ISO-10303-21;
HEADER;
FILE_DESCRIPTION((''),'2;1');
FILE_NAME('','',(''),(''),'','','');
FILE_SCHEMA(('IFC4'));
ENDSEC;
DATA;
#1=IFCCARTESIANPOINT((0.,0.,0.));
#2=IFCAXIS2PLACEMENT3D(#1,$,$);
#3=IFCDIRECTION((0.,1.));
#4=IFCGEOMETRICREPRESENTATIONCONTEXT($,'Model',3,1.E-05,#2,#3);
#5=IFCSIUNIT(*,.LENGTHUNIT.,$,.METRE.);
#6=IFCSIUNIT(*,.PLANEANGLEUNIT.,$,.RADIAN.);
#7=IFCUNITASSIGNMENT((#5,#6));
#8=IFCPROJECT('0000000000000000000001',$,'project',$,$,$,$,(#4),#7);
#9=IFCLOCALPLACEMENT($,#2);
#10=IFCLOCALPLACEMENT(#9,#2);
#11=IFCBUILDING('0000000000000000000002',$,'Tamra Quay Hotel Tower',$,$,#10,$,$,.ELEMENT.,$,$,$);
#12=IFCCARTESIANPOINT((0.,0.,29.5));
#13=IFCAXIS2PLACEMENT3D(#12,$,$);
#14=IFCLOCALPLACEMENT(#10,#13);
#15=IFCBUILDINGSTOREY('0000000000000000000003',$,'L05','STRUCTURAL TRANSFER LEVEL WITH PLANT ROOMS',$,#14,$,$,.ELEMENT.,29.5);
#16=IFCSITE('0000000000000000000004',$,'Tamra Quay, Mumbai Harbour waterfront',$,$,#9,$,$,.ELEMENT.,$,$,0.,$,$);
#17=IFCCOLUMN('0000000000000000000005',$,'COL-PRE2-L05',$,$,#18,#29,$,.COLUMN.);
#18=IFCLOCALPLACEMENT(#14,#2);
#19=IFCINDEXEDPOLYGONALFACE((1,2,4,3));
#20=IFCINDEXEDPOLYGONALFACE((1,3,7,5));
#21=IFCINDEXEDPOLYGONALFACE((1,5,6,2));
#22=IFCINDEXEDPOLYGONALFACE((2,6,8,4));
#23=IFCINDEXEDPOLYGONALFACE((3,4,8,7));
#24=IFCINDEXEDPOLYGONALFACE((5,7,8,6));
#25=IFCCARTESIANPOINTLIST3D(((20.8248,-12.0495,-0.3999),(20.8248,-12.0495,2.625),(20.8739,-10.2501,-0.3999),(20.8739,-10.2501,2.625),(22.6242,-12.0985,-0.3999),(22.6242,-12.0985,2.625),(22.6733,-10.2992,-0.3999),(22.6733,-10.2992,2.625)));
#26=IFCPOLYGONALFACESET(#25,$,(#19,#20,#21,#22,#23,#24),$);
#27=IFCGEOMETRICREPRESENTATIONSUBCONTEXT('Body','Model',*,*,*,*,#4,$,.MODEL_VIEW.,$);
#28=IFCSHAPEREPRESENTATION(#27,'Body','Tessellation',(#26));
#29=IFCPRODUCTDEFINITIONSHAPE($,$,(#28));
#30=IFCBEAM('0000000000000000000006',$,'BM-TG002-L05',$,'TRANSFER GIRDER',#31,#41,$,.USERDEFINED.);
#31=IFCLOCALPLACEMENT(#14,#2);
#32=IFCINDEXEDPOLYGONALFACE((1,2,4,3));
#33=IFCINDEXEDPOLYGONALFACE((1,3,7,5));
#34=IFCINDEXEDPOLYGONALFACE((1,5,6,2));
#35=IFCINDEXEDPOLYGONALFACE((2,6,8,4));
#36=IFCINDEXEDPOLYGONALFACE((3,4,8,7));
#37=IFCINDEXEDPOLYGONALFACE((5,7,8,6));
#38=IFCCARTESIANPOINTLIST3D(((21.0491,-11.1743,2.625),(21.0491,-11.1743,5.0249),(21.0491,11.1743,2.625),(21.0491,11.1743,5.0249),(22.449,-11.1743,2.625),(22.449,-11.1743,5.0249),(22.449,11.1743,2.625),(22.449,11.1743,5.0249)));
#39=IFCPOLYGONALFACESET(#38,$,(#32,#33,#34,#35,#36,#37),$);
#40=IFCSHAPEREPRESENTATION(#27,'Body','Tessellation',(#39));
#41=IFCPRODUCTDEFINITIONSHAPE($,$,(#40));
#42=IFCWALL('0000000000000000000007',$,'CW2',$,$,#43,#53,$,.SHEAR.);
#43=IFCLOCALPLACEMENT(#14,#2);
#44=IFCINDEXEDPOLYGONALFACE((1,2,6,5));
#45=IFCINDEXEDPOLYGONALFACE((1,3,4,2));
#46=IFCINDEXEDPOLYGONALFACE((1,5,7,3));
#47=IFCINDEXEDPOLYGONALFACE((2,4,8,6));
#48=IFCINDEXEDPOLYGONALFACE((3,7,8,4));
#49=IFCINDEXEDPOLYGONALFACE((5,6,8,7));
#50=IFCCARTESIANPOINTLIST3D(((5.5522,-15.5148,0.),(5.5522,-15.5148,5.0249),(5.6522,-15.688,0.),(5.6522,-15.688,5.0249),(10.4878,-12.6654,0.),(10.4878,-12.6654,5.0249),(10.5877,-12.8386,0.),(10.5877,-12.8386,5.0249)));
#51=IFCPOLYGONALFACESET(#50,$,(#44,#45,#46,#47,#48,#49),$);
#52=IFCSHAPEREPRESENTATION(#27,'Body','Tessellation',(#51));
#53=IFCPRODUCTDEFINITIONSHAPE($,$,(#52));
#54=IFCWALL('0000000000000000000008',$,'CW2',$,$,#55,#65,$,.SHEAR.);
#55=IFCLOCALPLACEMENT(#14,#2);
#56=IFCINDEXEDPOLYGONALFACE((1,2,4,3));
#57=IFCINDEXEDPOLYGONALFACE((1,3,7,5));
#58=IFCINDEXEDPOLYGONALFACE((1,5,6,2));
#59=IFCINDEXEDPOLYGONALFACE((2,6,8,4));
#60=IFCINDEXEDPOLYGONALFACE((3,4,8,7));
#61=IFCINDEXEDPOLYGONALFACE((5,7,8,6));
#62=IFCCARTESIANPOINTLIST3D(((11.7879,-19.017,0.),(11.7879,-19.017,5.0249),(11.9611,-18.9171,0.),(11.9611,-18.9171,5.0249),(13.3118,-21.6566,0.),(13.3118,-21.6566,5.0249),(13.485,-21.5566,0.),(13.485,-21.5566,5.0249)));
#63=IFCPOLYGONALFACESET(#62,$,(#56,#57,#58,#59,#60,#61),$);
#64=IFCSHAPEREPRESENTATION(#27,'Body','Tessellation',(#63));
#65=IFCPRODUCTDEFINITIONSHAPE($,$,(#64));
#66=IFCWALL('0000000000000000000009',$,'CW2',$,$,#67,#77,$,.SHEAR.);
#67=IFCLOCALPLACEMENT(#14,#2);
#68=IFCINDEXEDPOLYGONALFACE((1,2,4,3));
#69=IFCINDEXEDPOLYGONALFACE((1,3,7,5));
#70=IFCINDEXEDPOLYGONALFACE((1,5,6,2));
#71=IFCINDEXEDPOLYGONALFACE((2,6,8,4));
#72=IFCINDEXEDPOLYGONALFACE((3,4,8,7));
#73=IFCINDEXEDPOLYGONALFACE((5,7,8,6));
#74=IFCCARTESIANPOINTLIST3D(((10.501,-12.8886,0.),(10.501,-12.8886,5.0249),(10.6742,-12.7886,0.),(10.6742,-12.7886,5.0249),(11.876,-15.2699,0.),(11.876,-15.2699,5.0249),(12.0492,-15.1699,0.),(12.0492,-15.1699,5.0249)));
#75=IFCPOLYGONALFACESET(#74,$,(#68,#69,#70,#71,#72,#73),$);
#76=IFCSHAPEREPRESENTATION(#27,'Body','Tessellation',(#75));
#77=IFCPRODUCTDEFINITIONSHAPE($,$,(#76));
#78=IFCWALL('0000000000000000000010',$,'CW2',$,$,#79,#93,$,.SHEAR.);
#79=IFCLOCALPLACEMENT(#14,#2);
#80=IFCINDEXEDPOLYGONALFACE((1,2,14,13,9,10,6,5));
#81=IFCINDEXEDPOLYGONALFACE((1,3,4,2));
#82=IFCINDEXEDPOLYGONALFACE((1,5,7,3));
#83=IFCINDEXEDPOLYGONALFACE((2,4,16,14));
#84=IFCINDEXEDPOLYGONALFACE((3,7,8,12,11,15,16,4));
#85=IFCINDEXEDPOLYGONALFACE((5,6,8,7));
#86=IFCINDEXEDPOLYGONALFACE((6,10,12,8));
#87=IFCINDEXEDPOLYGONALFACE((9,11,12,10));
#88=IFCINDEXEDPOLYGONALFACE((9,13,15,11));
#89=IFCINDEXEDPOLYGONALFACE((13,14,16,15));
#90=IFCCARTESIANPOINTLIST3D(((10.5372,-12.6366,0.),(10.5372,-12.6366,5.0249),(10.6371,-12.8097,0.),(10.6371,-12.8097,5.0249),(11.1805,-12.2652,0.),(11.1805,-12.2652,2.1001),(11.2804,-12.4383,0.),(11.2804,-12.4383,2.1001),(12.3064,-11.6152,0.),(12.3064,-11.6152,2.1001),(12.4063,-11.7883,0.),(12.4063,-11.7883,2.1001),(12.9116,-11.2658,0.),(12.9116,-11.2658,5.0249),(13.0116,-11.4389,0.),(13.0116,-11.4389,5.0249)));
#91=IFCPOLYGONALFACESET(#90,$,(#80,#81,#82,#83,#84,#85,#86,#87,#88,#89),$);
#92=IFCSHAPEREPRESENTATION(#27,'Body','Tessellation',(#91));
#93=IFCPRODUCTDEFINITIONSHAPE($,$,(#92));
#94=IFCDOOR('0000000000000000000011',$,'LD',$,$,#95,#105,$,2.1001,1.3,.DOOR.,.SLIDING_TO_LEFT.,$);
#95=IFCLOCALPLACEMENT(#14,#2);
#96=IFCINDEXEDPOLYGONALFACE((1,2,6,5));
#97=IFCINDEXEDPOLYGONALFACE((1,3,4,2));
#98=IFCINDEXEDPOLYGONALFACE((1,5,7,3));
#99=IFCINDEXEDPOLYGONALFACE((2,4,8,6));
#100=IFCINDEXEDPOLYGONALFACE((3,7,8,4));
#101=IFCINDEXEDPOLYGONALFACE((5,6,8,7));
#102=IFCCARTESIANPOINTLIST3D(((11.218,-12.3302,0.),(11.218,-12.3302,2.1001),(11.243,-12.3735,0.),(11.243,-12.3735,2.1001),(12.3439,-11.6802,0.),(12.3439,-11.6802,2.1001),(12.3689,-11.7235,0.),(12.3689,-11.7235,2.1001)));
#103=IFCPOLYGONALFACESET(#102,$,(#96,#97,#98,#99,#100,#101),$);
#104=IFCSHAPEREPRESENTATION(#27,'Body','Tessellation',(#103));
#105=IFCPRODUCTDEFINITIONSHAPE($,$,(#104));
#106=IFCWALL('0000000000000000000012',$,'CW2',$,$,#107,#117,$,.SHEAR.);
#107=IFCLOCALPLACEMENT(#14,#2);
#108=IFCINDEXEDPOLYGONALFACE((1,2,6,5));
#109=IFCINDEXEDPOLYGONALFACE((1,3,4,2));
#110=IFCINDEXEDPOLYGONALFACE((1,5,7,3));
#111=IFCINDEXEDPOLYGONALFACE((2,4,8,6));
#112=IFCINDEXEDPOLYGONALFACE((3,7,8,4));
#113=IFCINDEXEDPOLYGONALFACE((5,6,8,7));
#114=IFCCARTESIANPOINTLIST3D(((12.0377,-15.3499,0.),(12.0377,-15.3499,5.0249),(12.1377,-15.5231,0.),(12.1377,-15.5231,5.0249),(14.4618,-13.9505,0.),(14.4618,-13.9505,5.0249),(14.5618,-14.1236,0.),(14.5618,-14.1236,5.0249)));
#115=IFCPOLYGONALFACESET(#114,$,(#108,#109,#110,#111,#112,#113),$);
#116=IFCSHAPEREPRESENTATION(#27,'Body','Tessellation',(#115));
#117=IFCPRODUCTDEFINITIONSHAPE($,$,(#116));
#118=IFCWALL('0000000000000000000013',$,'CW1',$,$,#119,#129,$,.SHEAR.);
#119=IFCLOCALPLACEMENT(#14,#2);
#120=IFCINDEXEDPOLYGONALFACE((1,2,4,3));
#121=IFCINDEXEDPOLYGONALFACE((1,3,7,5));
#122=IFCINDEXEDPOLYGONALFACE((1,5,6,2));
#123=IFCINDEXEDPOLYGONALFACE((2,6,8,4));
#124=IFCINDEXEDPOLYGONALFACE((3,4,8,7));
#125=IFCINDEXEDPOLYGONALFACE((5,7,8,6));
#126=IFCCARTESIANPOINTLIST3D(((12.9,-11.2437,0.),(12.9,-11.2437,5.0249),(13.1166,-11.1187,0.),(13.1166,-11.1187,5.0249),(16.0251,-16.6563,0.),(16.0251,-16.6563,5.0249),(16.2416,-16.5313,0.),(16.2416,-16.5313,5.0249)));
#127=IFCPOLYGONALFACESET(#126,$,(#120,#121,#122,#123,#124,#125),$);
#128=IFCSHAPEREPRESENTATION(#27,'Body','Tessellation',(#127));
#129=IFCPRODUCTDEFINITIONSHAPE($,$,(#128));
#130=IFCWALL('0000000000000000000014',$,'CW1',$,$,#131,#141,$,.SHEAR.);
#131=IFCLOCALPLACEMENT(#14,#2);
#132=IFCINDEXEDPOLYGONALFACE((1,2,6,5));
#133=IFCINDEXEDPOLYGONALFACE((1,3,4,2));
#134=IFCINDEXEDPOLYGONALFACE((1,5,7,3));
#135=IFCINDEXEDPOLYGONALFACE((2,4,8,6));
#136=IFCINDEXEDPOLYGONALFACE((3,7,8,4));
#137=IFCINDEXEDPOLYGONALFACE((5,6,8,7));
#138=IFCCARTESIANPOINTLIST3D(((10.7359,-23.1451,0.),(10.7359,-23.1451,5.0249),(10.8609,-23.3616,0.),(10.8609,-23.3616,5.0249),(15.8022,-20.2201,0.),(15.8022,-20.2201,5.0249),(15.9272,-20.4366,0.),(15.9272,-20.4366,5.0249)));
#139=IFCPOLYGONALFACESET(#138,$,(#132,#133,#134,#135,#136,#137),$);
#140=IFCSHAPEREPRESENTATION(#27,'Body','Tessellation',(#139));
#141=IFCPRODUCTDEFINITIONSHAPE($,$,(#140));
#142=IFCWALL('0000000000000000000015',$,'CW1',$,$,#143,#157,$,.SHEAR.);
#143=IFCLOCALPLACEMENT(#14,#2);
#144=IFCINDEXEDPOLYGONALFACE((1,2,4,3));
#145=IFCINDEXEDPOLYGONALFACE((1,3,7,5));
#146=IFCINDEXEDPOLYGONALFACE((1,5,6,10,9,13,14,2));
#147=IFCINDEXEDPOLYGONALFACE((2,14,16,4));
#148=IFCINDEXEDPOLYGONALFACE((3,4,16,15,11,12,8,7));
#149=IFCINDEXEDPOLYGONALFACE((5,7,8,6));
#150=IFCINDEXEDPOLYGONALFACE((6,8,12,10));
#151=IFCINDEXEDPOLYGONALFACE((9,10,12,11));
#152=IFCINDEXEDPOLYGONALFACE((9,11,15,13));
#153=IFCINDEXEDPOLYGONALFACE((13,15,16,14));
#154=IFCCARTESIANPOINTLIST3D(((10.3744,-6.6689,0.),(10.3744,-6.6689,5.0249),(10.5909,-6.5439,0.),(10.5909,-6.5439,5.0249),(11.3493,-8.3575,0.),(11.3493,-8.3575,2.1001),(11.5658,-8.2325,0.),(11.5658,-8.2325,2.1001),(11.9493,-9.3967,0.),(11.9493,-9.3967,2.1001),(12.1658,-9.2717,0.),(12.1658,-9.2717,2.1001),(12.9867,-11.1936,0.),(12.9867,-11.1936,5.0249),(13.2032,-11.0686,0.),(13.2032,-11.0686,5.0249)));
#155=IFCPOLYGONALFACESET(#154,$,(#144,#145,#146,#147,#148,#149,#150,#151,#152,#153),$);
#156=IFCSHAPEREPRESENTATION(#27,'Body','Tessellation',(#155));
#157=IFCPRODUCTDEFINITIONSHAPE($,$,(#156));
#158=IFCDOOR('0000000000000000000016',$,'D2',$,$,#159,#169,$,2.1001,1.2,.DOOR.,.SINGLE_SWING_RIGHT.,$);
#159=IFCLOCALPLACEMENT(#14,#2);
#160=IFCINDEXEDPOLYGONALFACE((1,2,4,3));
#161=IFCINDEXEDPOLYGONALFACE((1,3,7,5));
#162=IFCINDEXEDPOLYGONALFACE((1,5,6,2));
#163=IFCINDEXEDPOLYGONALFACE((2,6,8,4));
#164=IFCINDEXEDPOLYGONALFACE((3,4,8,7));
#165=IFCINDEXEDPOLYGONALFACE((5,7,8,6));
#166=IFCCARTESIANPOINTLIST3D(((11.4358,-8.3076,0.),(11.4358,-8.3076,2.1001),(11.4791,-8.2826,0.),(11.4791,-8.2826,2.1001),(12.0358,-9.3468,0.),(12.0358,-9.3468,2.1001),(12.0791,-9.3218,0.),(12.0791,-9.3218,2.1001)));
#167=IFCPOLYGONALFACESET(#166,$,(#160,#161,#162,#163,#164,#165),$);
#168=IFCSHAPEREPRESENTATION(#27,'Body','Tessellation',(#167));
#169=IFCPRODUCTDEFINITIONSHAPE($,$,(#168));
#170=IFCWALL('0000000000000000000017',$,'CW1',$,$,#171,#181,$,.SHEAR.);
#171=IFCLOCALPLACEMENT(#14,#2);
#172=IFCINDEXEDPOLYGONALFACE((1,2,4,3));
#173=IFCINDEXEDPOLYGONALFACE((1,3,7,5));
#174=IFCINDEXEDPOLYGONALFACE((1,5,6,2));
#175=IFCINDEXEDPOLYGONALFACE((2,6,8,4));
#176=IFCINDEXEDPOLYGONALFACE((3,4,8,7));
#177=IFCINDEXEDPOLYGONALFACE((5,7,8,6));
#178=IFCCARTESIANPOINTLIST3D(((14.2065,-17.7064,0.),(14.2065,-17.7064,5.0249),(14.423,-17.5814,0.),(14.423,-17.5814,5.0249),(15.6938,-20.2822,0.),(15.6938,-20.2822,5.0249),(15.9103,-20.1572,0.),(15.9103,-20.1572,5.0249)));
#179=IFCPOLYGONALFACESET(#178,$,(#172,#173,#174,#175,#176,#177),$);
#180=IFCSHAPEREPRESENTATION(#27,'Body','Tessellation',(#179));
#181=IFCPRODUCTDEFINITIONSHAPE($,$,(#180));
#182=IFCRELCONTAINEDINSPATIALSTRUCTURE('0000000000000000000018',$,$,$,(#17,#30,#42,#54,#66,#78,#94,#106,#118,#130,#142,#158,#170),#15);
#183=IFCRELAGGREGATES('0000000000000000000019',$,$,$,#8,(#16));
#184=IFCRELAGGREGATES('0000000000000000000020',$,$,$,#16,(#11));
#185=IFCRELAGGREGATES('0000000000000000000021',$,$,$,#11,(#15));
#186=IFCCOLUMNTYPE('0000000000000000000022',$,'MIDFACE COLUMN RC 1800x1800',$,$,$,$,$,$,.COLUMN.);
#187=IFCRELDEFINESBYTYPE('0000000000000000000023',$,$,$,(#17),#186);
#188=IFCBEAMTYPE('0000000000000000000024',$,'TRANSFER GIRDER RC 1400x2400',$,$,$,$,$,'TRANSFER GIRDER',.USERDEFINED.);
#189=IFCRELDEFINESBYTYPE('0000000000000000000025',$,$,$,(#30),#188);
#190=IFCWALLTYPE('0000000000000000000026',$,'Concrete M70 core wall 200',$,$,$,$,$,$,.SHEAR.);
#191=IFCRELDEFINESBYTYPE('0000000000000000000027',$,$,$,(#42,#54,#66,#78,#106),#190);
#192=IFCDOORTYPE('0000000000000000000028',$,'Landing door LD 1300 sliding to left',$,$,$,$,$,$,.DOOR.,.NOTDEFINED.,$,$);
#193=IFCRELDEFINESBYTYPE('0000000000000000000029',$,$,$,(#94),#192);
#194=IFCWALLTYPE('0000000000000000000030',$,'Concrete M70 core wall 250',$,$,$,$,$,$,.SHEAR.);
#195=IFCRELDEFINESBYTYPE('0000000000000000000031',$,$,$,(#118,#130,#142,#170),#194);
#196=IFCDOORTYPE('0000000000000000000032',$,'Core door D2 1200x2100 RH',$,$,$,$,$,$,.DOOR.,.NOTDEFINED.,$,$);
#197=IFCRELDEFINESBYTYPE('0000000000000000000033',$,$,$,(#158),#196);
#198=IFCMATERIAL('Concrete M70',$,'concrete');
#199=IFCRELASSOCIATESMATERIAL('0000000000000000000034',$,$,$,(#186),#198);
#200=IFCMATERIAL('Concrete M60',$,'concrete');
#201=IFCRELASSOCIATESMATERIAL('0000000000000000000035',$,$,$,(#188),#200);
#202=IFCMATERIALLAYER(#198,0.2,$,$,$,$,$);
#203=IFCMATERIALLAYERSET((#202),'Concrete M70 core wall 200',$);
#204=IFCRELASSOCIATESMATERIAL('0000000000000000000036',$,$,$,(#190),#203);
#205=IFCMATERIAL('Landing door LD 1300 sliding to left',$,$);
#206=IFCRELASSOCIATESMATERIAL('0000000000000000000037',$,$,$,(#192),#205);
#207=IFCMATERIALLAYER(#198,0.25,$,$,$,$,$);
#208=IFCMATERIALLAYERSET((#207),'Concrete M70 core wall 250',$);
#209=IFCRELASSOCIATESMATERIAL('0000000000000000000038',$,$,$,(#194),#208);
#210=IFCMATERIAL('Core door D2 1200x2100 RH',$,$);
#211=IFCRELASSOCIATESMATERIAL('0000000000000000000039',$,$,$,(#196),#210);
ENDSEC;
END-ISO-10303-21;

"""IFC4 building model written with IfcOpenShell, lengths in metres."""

from ifc_helpers import new_model, si_unit, direction, frame, frame_2d, origin, origin_2d, place, context, subcontext, project, spatial, rectangle, extrude, material, layer, layer_set, material_profile, profile_set, type_object, element, fill, save


model = new_model("IFC4")

# Units and contexts
model_context = context("Model", 3, precision=1e-05, world=origin(), true_north=direction((0.0, 1.0)))
body_context = subcontext(model_context, "Body", "Model", "MODEL_VIEW")
ifc_project = project(units=[si_unit("LENGTHUNIT", "METRE"), si_unit("PLANEANGLEUNIT", "RADIAN")], contexts=[model_context])

# Site, building, storey
site_placement = place(None, origin())
site = spatial("IfcSite", under=ifc_project, at=site_placement, Name="Tamra Quay, Mumbai Harbour waterfront", CompositionType="ELEMENT", RefElevation=0.0)
building_placement = place(site_placement, origin())
building = spatial("IfcBuilding", under=site, at=building_placement, Name="Tamra Quay Hotel Tower", CompositionType="ELEMENT")
storey_placement = place(building_placement, frame((0.0, 0.0, 29.5)))
storey = spatial("IfcBuildingStorey", under=building, at=storey_placement, Name="L05", Description="STRUCTURAL TRANSFER LEVEL WITH PLANT ROOMS", CompositionType="ELEMENT", Elevation=29.5)

# Column
ifc_material_1 = material(Name="Concrete M70", Category="concrete")
ifc_material_profile_1 = material_profile(ifc_material_1, rectangle(XDim=1.8, YDim=1.8, at=origin_2d()), Name="MIDFACE COLUMN RC 1800x1800")
ifc_profile_set_1 = profile_set([ifc_material_profile_1], Name="Concrete M70")
column_type = type_object("IfcColumnType", Name="MIDFACE COLUMN RC 1800x1800", PredefinedType="COLUMN", material=ifc_profile_set_1)
column_placement = place(storey_placement, frame((21.749, -11.1743, -0.3999), z_axis=(0.0, 0.0, 1.0), x_axis=(-0.999628, 0.027269, 0.0)))
element("IfcColumn", 1, at=column_placement, inside=storey, type_object=column_type, Name="COL-PRE2-L05", PredefinedType="COLUMN", context=body_context, shape_type="SweptSolid", body=[
    extrude(rectangle(XDim=1.8, YDim=1.8, at=origin_2d()), origin(), (0.0, 0.0, 1.0), 3.0249),
])

# Beam
ifc_material_2 = material(Name="Concrete M60", Category="concrete")
ifc_material_profile_2 = material_profile(ifc_material_2, rectangle(XDim=1.3999, YDim=2.3999, at=origin_2d()), Name="TRANSFER GIRDER RC 1400x2400")
ifc_profile_set_2 = profile_set([ifc_material_profile_2], Name="Concrete M60")
beam_type = type_object("IfcBeamType", Name="TRANSFER GIRDER RC 1400x2400", ElementType="TRANSFER GIRDER", PredefinedType="USERDEFINED", material=ifc_profile_set_2)
beam_placement = place(storey_placement, frame((21.749, -11.1743, 3.825), z_axis=(0.0, 1.0, 0.0), x_axis=(-1.0, 0.0, 0.0)))
element("IfcBeam", 2, at=beam_placement, inside=storey, type_object=beam_type, Name="BM-TG002-L05", ObjectType="TRANSFER GIRDER", PredefinedType="USERDEFINED", context=body_context, shape_type="SweptSolid", body=[
    extrude(rectangle(XDim=1.3999, YDim=2.3999, at=origin_2d()), origin(), (0.0, 0.0, 1.0), 22.3486),
])

# Walls
ifc_layer_1 = layer(ifc_material_1, 0.2)
ifc_layer_set_1 = layer_set([ifc_layer_1], Name="Concrete M70 core wall 200")
wall_type_1 = type_object("IfcWallType", Name="Concrete M70 core wall 200", PredefinedType="SHEAR", material=ifc_layer_set_1)
wall_1_placement = place(storey_placement, frame((10.5378, -12.752, 0.0), z_axis=(0.0, 0.0, 1.0), x_axis=(-0.866039, -0.499977, 0.0)))
element("IfcWall", 3, at=wall_1_placement, inside=storey, type_object=wall_type_1, Name="CW2", PredefinedType="SHEAR", context=body_context, shape_type="SweptSolid", body=[
    extrude(rectangle(XDim=5.699, YDim=0.2, at=frame_2d((2.8496, 0.0))), origin(), (0.0, 0.0, 1.0), 5.0249),
])
wall_2_placement = place(storey_placement, frame((11.8745, -18.967, 0.0), z_axis=(0.0, 0.0, 1.0), x_axis=(0.499981, -0.866036, 0.0)))
element("IfcWall", 4, at=wall_2_placement, inside=storey, type_object=wall_type_1, Name="CW2", PredefinedType="SHEAR", context=body_context, shape_type="SweptSolid", body=[
    extrude(rectangle(XDim=3.0479, YDim=0.2, at=frame_2d((1.5239, 0.0))), origin(), (0.0, 0.0, 1.0), 5.0249),
])
wall_3_placement = place(storey_placement, frame((11.9626, -15.22, 0.0), z_axis=(0.0, 0.0, 1.0), x_axis=(-0.500035, 0.866005, 0.0)))
element("IfcWall", 5, at=wall_3_placement, inside=storey, type_object=wall_type_1, Name="CW2", PredefinedType="SHEAR", context=body_context, shape_type="SweptSolid", body=[
    extrude(rectangle(XDim=2.7498, YDim=0.2, at=frame_2d((1.375, 0.0))), origin(), (0.0, 0.0, 1.0), 5.0249),
])

# Wall, opening, door
wall_4_placement = place(storey_placement, frame((10.5872, -12.7231, 0.0), z_axis=(0.0, 0.0, 1.0), x_axis=(0.866037, 0.499979, 0.0)))
wall_4 = element("IfcWall", 6, at=wall_4_placement, inside=storey, type_object=wall_type_1, Name="CW2", PredefinedType="SHEAR", context=body_context, shape_type="SweptSolid", body=[
    extrude(rectangle(XDim=2.7417, YDim=0.2, at=frame_2d((1.3708, 0.0))), origin(), (0.0, 0.0, 1.0), 5.0249),
])
opening_1_placement = place(wall_4_placement, frame((0.7429, 0.0, 0.0)))
opening_1 = element("IfcOpeningElement", 7, at=opening_1_placement, cuts=wall_4, PredefinedType="OPENING", context=body_context, shape_type="SweptSolid", body=[
    extrude(rectangle(XDim=1.3, YDim=2.1001, at=frame_2d((0.6499, 1.05))), frame((0.0, 0.1099, 0.0), z_axis=(0.0, -1.0, 0.0), x_axis=(1.0, 0.0, 0.0)), (0.0, 0.0, 1.0), 0.22),
])
ifc_material_3 = material(Name="Landing door LD 1300 sliding to left")
door_type_1 = type_object("IfcDoorType", Name="Landing door LD 1300 sliding to left", OperationType="NOTDEFINED", PredefinedType="DOOR", material=ifc_material_3)
door_1_placement = place(opening_1_placement, origin())
door_1 = element("IfcDoor", 8, at=door_1_placement, inside=storey, type_object=door_type_1, Name="LD", OperationType="SLIDING_TO_LEFT", OverallHeight=2.1001, OverallWidth=1.3, PredefinedType="DOOR", context=body_context, shape_type="SweptSolid", body=[
    extrude(rectangle(XDim=1.3, YDim=2.1001, at=frame_2d((0.6499, 1.05))), frame((0.0, 0.0249, 0.0), z_axis=(0.0, -1.0, 0.0), x_axis=(1.0, 0.0, 0.0)), (0.0, 0.0, 1.0), 0.05),
])
fill(opening_1, door_1)

# Walls
wall_5_placement = place(storey_placement, frame((14.5117, -14.0371, 0.0), z_axis=(0.0, 0.0, 1.0), x_axis=(-0.866045, -0.499967, 0.0)))
element("IfcWall", 9, at=wall_5_placement, inside=storey, type_object=wall_type_1, Name="CW2", PredefinedType="SHEAR", context=body_context, shape_type="SweptSolid", body=[
    extrude(rectangle(XDim=2.7991, YDim=0.2, at=frame_2d((1.3994, 0.0))), origin(), (0.0, 0.0, 1.0), 5.0249),
])
ifc_layer_2 = layer(ifc_material_1, 0.25)
ifc_layer_set_2 = layer_set([ifc_layer_2], Name="Concrete M70 core wall 250")
wall_type_2 = type_object("IfcWallType", Name="Concrete M70 core wall 250", PredefinedType="SHEAR", material=ifc_layer_set_2)
wall_6_placement = place(storey_placement, frame((13.0083, -11.1812, 0.0), z_axis=(0.0, 0.0, 1.0), x_axis=(0.500004, -0.866023, 0.0)))
element("IfcWall", 10, at=wall_6_placement, inside=storey, type_object=wall_type_2, Name="CW1", PredefinedType="SHEAR", context=body_context, shape_type="SweptSolid", body=[
    extrude(rectangle(XDim=6.25, YDim=0.25, at=frame_2d((3.125, 0.0))), origin(), (0.0, 0.0, 1.0), 5.0249),
])
wall_7_placement = place(storey_placement, frame((15.8647, -20.3284, 0.0), z_axis=(0.0, 0.0, 1.0), x_axis=(-0.866029, -0.499995, 0.0)))
element("IfcWall", 11, at=wall_7_placement, inside=storey, type_object=wall_type_2, Name="CW1", PredefinedType="SHEAR", context=body_context, shape_type="SweptSolid", body=[
    extrude(rectangle(XDim=5.8501, YDim=0.25, at=frame_2d((2.925, 0.0))), origin(), (0.0, 0.0, 1.0), 5.0249),
])

# Wall, opening, door
wall_8_placement = place(storey_placement, frame((10.4827, -6.6064, 0.0), z_axis=(0.0, 0.0, 1.0), x_axis=(0.499999, -0.866026, 0.0)))
wall_8 = element("IfcWall", 12, at=wall_8_placement, inside=storey, type_object=wall_type_2, Name="CW1", PredefinedType="SHEAR", context=body_context, shape_type="SweptSolid", body=[
    extrude(rectangle(XDim=5.2246, YDim=0.25, at=frame_2d((2.6123, 0.0))), origin(), (0.0, 0.0, 1.0), 5.0249),
])
opening_2_placement = place(wall_8_placement, frame((1.9497, 0.0, 0.0)))
opening_2 = element("IfcOpeningElement", 13, at=opening_2_placement, cuts=wall_8, PredefinedType="OPENING", context=body_context, shape_type="SweptSolid", body=[
    extrude(rectangle(XDim=1.2, YDim=2.1001, at=frame_2d((0.6001, 1.05))), frame((0.0, 0.135, 0.0), z_axis=(0.0, -1.0, 0.0), x_axis=(1.0, 0.0, 0.0)), (0.0, 0.0, 1.0), 0.27),
])
ifc_material_4 = material(Name="Core door D2 1200x2100 RH")
door_type_2 = type_object("IfcDoorType", Name="Core door D2 1200x2100 RH", OperationType="NOTDEFINED", PredefinedType="DOOR", material=ifc_material_4)
door_2_placement = place(opening_2_placement, origin())
door_2 = element("IfcDoor", 14, at=door_2_placement, inside=storey, type_object=door_type_2, Name="D2", OperationType="SINGLE_SWING_RIGHT", OverallHeight=2.1001, OverallWidth=1.2, PredefinedType="DOOR", context=body_context, shape_type="SweptSolid", body=[
    extrude(rectangle(XDim=1.2, YDim=2.1001, at=frame_2d((0.6001, 1.05))), frame((0.0, 0.0249, 0.0), z_axis=(0.0, -1.0, 0.0), x_axis=(1.0, 0.0, 0.0)), (0.0, 0.0, 1.0), 0.05),
])
fill(opening_2, door_2)

# Wall
wall_9_placement = place(storey_placement, frame((14.3147, -17.6438, 0.0), z_axis=(0.0, 0.0, 1.0), x_axis=(0.500023, -0.866012, 0.0)))
element("IfcWall", 15, at=wall_9_placement, inside=storey, type_object=wall_type_2, Name="CW1", PredefinedType="SHEAR", context=body_context, shape_type="SweptSolid", body=[
    extrude(rectangle(XDim=2.9744, YDim=0.25, at=frame_2d((1.4873, 0.0))), origin(), (0.0, 0.0, 1.0), 5.0249),
])

save(model, "model.ifc")
